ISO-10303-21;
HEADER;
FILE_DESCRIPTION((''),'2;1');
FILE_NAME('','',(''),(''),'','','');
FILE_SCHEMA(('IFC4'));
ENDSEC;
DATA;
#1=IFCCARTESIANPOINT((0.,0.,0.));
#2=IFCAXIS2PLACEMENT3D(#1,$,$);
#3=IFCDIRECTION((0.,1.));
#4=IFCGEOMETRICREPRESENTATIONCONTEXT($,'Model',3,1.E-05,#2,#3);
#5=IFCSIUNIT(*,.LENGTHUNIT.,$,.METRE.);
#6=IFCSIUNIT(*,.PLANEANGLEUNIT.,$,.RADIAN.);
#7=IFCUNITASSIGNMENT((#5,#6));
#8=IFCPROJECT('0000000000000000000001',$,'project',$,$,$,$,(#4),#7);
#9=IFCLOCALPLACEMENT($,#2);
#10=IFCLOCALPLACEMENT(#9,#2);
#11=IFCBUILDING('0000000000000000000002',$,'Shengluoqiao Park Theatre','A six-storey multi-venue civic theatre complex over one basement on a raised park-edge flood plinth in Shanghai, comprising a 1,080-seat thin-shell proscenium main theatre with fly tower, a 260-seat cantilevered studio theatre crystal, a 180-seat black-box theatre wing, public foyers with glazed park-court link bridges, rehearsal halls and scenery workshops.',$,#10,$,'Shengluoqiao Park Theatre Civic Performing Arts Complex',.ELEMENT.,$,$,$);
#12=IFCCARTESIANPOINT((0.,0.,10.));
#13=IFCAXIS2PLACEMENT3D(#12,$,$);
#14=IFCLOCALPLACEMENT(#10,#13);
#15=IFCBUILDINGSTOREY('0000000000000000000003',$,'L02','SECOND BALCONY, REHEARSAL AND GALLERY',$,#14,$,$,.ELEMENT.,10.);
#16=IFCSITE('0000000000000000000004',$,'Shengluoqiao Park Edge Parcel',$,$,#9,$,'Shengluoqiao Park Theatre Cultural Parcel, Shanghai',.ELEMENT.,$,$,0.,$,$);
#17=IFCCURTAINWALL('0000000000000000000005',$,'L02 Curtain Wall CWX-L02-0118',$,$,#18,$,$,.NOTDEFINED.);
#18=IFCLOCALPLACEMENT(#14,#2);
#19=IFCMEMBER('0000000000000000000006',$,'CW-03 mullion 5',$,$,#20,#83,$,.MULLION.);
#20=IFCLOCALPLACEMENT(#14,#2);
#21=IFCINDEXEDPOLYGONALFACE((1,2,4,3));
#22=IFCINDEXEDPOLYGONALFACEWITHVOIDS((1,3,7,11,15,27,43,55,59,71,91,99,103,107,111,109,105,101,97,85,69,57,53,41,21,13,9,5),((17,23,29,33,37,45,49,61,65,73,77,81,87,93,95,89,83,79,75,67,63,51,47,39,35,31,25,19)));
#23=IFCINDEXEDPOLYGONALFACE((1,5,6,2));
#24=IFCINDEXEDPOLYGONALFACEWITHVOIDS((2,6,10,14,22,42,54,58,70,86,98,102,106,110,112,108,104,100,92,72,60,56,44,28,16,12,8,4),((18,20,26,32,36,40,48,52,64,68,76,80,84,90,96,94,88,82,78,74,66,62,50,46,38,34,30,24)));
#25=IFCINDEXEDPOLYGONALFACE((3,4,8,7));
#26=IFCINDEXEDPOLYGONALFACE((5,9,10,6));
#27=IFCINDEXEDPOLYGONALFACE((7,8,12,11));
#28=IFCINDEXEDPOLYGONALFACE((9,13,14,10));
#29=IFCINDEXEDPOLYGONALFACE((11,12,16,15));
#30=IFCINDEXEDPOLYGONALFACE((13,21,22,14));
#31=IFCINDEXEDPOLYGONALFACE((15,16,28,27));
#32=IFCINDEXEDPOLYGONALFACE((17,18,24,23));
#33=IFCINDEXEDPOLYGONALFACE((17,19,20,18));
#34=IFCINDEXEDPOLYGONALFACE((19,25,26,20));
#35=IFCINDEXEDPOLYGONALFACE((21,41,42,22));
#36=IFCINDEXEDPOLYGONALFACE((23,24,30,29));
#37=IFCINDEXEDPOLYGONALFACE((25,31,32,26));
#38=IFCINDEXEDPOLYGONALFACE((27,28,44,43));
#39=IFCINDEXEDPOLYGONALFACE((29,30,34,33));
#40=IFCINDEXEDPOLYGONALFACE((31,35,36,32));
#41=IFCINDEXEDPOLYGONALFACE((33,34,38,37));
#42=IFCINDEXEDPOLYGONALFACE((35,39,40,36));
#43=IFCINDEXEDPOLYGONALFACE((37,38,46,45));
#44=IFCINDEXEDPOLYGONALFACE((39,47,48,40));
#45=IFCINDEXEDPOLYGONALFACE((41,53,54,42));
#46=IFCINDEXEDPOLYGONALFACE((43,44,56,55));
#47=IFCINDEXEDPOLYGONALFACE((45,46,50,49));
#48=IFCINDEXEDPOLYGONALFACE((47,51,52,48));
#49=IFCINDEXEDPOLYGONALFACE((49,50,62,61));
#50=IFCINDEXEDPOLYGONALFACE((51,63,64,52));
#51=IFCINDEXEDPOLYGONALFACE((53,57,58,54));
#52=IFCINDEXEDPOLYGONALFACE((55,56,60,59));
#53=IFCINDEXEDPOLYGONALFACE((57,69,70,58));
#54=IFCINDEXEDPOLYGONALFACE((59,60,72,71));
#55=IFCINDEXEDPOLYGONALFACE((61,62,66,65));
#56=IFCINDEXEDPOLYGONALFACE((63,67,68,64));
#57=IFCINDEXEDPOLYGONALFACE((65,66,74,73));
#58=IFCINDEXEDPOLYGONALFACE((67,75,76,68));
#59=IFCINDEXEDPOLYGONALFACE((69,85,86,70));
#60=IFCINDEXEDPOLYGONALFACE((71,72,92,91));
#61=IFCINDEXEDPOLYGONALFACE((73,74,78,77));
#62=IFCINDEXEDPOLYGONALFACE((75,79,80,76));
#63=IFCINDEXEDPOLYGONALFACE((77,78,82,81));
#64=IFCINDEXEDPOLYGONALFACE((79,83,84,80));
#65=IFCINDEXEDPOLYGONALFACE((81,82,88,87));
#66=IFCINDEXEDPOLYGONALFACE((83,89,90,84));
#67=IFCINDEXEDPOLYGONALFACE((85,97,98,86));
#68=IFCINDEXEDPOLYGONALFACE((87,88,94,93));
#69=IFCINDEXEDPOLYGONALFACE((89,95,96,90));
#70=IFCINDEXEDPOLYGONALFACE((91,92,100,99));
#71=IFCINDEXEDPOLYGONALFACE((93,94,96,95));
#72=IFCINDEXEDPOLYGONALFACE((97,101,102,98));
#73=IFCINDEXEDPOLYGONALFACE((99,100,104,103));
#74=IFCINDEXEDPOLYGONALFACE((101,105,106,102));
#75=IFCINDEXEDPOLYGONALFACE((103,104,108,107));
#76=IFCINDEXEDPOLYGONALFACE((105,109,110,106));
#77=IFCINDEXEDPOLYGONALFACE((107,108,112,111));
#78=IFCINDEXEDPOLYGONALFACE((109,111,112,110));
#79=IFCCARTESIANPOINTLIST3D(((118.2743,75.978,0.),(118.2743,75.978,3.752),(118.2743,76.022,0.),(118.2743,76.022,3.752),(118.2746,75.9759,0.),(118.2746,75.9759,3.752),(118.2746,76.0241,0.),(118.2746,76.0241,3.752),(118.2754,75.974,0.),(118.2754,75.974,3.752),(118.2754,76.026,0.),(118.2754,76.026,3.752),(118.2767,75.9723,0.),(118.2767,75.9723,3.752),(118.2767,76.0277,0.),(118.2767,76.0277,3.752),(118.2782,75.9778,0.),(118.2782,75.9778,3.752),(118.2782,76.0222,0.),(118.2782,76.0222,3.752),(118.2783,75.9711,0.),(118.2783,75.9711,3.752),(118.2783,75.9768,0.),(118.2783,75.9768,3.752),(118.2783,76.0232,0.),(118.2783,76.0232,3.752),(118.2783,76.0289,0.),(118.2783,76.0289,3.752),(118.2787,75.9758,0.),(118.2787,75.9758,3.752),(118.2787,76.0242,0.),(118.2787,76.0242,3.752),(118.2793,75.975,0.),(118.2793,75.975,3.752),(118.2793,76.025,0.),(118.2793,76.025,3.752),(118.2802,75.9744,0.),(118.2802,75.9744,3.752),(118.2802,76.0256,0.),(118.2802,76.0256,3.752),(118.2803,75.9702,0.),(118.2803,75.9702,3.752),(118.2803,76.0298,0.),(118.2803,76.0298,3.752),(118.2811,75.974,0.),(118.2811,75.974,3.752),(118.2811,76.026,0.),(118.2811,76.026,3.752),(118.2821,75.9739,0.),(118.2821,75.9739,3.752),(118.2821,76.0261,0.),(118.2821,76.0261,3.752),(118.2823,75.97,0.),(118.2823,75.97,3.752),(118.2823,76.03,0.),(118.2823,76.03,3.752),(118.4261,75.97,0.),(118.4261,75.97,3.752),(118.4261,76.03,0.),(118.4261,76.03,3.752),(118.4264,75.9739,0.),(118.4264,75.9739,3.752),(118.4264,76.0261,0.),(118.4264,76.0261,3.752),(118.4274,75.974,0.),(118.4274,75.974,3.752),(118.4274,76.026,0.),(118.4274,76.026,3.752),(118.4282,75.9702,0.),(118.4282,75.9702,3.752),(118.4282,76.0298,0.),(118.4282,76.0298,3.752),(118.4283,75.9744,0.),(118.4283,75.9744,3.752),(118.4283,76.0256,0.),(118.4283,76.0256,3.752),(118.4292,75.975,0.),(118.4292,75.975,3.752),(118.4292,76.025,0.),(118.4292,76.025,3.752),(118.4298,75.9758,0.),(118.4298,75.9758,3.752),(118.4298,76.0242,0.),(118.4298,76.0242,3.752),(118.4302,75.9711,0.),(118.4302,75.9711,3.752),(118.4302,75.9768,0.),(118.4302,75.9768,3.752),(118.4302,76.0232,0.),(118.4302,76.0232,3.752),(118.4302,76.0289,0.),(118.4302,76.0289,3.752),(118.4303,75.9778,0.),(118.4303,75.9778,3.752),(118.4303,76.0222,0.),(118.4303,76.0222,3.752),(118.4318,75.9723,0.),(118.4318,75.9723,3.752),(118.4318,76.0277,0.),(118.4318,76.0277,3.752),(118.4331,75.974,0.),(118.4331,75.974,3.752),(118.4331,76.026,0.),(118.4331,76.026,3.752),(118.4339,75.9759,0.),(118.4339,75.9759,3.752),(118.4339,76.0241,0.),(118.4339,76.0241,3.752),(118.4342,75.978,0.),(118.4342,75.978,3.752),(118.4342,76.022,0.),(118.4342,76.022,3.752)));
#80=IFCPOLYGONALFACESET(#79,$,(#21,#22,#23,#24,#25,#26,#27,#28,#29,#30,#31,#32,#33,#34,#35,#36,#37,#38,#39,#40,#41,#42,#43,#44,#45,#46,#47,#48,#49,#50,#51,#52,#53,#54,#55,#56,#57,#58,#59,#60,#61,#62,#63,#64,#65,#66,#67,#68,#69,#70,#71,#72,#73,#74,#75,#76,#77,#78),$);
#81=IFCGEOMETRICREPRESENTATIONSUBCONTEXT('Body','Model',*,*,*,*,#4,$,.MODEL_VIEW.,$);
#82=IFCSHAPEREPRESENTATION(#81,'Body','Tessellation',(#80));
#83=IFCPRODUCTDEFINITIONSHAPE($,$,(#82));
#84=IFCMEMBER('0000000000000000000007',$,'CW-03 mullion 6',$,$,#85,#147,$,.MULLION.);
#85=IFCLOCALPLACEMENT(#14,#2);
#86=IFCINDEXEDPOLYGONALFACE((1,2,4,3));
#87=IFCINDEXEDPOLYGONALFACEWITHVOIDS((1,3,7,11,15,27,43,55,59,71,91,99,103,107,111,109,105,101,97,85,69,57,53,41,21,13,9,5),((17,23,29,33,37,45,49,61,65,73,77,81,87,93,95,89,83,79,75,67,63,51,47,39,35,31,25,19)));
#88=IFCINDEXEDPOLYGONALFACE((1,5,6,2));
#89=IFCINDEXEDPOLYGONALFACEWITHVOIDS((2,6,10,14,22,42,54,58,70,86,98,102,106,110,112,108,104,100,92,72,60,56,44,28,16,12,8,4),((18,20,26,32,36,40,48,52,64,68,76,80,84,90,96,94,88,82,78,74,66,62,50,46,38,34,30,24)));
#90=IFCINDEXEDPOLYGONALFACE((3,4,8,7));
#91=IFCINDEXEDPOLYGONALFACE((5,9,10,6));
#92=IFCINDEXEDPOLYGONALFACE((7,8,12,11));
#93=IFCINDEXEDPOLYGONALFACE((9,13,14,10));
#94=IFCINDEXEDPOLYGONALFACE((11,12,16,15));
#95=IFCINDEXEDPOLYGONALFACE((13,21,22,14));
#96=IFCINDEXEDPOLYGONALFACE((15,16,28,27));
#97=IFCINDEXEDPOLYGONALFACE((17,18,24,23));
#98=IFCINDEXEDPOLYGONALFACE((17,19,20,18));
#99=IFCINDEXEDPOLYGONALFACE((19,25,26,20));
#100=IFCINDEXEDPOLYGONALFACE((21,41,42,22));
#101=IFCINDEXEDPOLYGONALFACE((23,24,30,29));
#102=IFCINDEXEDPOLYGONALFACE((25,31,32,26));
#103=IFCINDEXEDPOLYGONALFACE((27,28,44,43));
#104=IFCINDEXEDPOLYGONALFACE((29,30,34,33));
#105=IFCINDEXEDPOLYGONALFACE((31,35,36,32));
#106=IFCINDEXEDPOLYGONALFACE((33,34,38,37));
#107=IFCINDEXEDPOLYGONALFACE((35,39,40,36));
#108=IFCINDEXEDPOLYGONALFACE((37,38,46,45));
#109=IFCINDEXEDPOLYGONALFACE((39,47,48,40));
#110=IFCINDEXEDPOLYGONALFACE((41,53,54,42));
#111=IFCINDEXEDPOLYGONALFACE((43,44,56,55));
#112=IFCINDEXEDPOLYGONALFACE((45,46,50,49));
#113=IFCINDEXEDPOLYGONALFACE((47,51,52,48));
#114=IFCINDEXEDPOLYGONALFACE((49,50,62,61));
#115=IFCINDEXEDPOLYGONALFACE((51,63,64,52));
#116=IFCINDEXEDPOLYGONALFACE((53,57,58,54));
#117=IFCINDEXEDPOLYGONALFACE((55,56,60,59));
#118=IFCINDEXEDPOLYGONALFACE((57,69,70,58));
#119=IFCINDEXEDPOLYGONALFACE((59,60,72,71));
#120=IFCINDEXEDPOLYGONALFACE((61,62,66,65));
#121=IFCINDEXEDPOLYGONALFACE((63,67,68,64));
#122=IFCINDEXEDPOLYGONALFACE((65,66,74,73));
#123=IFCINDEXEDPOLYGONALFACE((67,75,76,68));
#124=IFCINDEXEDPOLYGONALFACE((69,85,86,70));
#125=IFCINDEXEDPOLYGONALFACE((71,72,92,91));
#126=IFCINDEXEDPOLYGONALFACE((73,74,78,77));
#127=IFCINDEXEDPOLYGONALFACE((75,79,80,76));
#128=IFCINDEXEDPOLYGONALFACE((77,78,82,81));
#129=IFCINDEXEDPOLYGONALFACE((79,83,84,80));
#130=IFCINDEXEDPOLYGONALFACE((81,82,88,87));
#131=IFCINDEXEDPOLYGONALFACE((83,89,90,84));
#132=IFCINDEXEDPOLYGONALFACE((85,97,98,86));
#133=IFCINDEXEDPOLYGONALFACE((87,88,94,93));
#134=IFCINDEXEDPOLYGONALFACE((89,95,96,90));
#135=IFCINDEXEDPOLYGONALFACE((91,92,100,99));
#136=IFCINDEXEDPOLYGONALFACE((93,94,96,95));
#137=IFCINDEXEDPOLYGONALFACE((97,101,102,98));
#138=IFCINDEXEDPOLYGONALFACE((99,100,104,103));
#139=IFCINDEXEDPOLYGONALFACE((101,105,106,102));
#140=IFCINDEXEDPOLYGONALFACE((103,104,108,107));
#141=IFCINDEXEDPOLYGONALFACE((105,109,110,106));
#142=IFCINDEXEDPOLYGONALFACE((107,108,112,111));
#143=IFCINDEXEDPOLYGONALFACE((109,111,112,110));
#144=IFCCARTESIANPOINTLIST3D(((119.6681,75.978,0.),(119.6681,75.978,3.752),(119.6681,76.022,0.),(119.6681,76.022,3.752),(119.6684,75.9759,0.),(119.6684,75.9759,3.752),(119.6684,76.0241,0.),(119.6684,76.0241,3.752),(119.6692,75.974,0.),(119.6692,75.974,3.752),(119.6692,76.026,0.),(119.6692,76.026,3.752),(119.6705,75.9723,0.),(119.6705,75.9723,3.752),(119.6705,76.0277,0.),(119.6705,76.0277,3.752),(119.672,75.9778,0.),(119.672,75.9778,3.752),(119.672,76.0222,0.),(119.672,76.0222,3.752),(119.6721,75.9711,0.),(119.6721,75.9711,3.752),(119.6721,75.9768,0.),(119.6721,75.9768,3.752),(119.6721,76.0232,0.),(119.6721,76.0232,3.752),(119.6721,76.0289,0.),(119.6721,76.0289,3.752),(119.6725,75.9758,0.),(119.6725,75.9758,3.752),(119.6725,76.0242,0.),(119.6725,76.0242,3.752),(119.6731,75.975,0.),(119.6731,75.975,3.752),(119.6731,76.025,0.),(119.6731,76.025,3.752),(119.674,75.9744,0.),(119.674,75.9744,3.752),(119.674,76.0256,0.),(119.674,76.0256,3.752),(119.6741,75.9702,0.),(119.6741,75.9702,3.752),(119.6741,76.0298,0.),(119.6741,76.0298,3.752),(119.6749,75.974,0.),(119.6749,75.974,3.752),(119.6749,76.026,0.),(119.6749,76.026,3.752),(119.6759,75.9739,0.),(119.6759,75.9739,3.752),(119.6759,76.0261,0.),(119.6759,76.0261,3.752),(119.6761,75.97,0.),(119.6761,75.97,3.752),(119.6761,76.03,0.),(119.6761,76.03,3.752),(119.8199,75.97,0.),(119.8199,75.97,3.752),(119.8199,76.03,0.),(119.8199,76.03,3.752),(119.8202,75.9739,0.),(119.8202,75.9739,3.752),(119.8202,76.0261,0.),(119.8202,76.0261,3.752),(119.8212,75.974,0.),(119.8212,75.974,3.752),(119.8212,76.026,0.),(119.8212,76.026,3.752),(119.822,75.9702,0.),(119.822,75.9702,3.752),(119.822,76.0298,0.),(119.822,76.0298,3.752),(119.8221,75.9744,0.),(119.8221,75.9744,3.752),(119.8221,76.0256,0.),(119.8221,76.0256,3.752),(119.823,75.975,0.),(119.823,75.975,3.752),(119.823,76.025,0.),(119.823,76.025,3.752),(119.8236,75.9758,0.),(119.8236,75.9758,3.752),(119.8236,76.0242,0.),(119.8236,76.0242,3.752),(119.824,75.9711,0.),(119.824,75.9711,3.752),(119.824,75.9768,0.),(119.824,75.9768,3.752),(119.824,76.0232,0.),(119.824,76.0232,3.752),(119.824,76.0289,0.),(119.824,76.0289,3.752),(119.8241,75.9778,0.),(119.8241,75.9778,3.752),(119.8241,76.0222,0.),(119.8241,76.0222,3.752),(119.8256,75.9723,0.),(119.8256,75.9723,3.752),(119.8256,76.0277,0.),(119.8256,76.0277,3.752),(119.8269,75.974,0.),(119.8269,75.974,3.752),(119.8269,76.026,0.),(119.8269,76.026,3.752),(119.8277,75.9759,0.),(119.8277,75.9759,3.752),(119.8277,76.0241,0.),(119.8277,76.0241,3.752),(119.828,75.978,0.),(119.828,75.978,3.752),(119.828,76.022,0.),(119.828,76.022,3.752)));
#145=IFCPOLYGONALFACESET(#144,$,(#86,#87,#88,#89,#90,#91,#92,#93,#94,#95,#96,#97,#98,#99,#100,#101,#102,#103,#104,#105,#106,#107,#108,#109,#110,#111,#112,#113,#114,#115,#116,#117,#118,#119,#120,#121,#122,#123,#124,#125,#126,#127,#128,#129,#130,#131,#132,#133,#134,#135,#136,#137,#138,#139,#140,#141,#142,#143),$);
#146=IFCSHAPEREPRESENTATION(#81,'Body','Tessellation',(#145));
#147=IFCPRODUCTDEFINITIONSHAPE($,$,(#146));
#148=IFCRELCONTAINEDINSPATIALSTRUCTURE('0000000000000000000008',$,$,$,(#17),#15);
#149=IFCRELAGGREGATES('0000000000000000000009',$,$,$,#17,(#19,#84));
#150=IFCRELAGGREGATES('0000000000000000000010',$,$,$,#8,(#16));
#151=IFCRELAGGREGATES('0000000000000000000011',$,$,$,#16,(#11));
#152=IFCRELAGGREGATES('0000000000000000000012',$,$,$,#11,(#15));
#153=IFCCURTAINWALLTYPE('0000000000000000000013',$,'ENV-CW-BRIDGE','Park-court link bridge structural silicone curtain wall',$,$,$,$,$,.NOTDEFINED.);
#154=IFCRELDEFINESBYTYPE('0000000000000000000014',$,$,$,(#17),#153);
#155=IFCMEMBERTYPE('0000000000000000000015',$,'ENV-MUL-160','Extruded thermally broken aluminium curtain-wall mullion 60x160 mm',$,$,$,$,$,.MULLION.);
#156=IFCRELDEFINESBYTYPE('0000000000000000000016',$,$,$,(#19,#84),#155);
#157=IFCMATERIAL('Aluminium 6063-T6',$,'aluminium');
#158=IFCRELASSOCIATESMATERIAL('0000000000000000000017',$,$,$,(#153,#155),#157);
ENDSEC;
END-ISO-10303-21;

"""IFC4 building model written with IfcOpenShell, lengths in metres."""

from ifc_helpers import new_model, si_unit, direction, frame, origin, origin_2d, place, context, subcontext, project, spatial, hollow_rectangle, extrude, material, material_profile, profile_set, type_object, element, aggregate, save


model = new_model("IFC4")

# Units and contexts
model_context = context("Model", 3, precision=1e-05, world=origin(), true_north=direction((0.0, 1.0)))
body_context = subcontext(model_context, "Body", "Model", "MODEL_VIEW")
ifc_project = project(units=[si_unit("LENGTHUNIT", "METRE"), si_unit("PLANEANGLEUNIT", "RADIAN")], contexts=[model_context])

# Site, building, storey
site_placement = place(None, origin())
site = spatial("IfcSite", under=ifc_project, at=site_placement, Name="Shengluoqiao Park Edge Parcel", LongName="Shengluoqiao Park Theatre Cultural Parcel, Shanghai", CompositionType="ELEMENT", RefElevation=0.0)
building_placement = place(site_placement, origin())
building = spatial("IfcBuilding", under=site, at=building_placement, Name="Shengluoqiao Park Theatre", Description="A six-storey multi-venue civic theatre complex over one basement on a raised park-edge flood plinth in Shanghai, comprising a 1,080-seat thin-shell proscenium main theatre with fly tower, a 260-seat cantilevered studio theatre crystal, a 180-seat black-box theatre wing, public foyers with glazed park-court link bridges, rehearsal halls and scenery workshops.", LongName="Shengluoqiao Park Theatre Civic Performing Arts Complex", CompositionType="ELEMENT")
storey_placement = place(building_placement, frame((0.0, 0.0, 10.0)))
storey = spatial("IfcBuildingStorey", under=building, at=storey_placement, Name="L02", Description="SECOND BALCONY, REHEARSAL AND GALLERY", CompositionType="ELEMENT", Elevation=10.0)

# Curtain wall, members
ifc_material_1 = material(Name="Aluminium 6063-T6", Category="aluminium")
curtain_wall_type = type_object("IfcCurtainWallType", Name="ENV-CW-BRIDGE", Description="Park-court link bridge structural silicone curtain wall", PredefinedType="NOTDEFINED", material=ifc_material_1)
curtain_wall_placement = place(storey_placement, origin())
curtain_wall = element("IfcCurtainWall", 1, at=curtain_wall_placement, inside=storey, type_object=curtain_wall_type, Name="L02 Curtain Wall CWX-L02-0118", PredefinedType="NOTDEFINED")
ifc_material_profile_1 = material_profile(ifc_material_1, hollow_rectangle(XDim=0.0601, YDim=0.1599, WallThickness=0.0039, InnerFilletRadius=0.0039, OuterFilletRadius=0.0081, at=origin_2d()), Name="ALU MULLION 160x60x4")
ifc_profile_set_1 = profile_set([ifc_material_profile_1], Name="Aluminium 6063-T6")
member_type_1 = type_object("IfcMemberType", Name="ENV-MUL-160", Description="Extruded thermally broken aluminium curtain-wall mullion 60x160 mm", PredefinedType="MULLION", material=ifc_profile_set_1)
member_1_placement = place(storey_placement, frame((118.3542, 76.0, 0.0), z_axis=(0.0, 0.0, 1.0), x_axis=(0.0, 1.0, 0.0)))
member_1 = element("IfcMember", 2, at=member_1_placement, type_object=member_type_1, Name="CW-03 mullion 5", PredefinedType="MULLION", context=body_context, shape_type="SweptSolid", body=[
    extrude(hollow_rectangle(XDim=0.0601, YDim=0.1599, WallThickness=0.0039, InnerFilletRadius=0.0039, OuterFilletRadius=0.0081, at=origin_2d()), origin(), (0.0, 0.0, 1.0), 3.752),
])
member_2_placement = place(storey_placement, frame((119.748, 76.0, 0.0), z_axis=(0.0, 0.0, 1.0), x_axis=(0.0, 1.0, 0.0)))
member_2 = element("IfcMember", 3, at=member_2_placement, type_object=member_type_1, Name="CW-03 mullion 6", PredefinedType="MULLION", context=body_context, shape_type="SweptSolid", body=[
    extrude(hollow_rectangle(XDim=0.0601, YDim=0.1599, WallThickness=0.0039, InnerFilletRadius=0.0039, OuterFilletRadius=0.0081, at=origin_2d()), origin(), (0.0, 0.0, 1.0), 3.752),
])
aggregate(curtain_wall, [member_1, member_2])

save(model, "model.ifc")
